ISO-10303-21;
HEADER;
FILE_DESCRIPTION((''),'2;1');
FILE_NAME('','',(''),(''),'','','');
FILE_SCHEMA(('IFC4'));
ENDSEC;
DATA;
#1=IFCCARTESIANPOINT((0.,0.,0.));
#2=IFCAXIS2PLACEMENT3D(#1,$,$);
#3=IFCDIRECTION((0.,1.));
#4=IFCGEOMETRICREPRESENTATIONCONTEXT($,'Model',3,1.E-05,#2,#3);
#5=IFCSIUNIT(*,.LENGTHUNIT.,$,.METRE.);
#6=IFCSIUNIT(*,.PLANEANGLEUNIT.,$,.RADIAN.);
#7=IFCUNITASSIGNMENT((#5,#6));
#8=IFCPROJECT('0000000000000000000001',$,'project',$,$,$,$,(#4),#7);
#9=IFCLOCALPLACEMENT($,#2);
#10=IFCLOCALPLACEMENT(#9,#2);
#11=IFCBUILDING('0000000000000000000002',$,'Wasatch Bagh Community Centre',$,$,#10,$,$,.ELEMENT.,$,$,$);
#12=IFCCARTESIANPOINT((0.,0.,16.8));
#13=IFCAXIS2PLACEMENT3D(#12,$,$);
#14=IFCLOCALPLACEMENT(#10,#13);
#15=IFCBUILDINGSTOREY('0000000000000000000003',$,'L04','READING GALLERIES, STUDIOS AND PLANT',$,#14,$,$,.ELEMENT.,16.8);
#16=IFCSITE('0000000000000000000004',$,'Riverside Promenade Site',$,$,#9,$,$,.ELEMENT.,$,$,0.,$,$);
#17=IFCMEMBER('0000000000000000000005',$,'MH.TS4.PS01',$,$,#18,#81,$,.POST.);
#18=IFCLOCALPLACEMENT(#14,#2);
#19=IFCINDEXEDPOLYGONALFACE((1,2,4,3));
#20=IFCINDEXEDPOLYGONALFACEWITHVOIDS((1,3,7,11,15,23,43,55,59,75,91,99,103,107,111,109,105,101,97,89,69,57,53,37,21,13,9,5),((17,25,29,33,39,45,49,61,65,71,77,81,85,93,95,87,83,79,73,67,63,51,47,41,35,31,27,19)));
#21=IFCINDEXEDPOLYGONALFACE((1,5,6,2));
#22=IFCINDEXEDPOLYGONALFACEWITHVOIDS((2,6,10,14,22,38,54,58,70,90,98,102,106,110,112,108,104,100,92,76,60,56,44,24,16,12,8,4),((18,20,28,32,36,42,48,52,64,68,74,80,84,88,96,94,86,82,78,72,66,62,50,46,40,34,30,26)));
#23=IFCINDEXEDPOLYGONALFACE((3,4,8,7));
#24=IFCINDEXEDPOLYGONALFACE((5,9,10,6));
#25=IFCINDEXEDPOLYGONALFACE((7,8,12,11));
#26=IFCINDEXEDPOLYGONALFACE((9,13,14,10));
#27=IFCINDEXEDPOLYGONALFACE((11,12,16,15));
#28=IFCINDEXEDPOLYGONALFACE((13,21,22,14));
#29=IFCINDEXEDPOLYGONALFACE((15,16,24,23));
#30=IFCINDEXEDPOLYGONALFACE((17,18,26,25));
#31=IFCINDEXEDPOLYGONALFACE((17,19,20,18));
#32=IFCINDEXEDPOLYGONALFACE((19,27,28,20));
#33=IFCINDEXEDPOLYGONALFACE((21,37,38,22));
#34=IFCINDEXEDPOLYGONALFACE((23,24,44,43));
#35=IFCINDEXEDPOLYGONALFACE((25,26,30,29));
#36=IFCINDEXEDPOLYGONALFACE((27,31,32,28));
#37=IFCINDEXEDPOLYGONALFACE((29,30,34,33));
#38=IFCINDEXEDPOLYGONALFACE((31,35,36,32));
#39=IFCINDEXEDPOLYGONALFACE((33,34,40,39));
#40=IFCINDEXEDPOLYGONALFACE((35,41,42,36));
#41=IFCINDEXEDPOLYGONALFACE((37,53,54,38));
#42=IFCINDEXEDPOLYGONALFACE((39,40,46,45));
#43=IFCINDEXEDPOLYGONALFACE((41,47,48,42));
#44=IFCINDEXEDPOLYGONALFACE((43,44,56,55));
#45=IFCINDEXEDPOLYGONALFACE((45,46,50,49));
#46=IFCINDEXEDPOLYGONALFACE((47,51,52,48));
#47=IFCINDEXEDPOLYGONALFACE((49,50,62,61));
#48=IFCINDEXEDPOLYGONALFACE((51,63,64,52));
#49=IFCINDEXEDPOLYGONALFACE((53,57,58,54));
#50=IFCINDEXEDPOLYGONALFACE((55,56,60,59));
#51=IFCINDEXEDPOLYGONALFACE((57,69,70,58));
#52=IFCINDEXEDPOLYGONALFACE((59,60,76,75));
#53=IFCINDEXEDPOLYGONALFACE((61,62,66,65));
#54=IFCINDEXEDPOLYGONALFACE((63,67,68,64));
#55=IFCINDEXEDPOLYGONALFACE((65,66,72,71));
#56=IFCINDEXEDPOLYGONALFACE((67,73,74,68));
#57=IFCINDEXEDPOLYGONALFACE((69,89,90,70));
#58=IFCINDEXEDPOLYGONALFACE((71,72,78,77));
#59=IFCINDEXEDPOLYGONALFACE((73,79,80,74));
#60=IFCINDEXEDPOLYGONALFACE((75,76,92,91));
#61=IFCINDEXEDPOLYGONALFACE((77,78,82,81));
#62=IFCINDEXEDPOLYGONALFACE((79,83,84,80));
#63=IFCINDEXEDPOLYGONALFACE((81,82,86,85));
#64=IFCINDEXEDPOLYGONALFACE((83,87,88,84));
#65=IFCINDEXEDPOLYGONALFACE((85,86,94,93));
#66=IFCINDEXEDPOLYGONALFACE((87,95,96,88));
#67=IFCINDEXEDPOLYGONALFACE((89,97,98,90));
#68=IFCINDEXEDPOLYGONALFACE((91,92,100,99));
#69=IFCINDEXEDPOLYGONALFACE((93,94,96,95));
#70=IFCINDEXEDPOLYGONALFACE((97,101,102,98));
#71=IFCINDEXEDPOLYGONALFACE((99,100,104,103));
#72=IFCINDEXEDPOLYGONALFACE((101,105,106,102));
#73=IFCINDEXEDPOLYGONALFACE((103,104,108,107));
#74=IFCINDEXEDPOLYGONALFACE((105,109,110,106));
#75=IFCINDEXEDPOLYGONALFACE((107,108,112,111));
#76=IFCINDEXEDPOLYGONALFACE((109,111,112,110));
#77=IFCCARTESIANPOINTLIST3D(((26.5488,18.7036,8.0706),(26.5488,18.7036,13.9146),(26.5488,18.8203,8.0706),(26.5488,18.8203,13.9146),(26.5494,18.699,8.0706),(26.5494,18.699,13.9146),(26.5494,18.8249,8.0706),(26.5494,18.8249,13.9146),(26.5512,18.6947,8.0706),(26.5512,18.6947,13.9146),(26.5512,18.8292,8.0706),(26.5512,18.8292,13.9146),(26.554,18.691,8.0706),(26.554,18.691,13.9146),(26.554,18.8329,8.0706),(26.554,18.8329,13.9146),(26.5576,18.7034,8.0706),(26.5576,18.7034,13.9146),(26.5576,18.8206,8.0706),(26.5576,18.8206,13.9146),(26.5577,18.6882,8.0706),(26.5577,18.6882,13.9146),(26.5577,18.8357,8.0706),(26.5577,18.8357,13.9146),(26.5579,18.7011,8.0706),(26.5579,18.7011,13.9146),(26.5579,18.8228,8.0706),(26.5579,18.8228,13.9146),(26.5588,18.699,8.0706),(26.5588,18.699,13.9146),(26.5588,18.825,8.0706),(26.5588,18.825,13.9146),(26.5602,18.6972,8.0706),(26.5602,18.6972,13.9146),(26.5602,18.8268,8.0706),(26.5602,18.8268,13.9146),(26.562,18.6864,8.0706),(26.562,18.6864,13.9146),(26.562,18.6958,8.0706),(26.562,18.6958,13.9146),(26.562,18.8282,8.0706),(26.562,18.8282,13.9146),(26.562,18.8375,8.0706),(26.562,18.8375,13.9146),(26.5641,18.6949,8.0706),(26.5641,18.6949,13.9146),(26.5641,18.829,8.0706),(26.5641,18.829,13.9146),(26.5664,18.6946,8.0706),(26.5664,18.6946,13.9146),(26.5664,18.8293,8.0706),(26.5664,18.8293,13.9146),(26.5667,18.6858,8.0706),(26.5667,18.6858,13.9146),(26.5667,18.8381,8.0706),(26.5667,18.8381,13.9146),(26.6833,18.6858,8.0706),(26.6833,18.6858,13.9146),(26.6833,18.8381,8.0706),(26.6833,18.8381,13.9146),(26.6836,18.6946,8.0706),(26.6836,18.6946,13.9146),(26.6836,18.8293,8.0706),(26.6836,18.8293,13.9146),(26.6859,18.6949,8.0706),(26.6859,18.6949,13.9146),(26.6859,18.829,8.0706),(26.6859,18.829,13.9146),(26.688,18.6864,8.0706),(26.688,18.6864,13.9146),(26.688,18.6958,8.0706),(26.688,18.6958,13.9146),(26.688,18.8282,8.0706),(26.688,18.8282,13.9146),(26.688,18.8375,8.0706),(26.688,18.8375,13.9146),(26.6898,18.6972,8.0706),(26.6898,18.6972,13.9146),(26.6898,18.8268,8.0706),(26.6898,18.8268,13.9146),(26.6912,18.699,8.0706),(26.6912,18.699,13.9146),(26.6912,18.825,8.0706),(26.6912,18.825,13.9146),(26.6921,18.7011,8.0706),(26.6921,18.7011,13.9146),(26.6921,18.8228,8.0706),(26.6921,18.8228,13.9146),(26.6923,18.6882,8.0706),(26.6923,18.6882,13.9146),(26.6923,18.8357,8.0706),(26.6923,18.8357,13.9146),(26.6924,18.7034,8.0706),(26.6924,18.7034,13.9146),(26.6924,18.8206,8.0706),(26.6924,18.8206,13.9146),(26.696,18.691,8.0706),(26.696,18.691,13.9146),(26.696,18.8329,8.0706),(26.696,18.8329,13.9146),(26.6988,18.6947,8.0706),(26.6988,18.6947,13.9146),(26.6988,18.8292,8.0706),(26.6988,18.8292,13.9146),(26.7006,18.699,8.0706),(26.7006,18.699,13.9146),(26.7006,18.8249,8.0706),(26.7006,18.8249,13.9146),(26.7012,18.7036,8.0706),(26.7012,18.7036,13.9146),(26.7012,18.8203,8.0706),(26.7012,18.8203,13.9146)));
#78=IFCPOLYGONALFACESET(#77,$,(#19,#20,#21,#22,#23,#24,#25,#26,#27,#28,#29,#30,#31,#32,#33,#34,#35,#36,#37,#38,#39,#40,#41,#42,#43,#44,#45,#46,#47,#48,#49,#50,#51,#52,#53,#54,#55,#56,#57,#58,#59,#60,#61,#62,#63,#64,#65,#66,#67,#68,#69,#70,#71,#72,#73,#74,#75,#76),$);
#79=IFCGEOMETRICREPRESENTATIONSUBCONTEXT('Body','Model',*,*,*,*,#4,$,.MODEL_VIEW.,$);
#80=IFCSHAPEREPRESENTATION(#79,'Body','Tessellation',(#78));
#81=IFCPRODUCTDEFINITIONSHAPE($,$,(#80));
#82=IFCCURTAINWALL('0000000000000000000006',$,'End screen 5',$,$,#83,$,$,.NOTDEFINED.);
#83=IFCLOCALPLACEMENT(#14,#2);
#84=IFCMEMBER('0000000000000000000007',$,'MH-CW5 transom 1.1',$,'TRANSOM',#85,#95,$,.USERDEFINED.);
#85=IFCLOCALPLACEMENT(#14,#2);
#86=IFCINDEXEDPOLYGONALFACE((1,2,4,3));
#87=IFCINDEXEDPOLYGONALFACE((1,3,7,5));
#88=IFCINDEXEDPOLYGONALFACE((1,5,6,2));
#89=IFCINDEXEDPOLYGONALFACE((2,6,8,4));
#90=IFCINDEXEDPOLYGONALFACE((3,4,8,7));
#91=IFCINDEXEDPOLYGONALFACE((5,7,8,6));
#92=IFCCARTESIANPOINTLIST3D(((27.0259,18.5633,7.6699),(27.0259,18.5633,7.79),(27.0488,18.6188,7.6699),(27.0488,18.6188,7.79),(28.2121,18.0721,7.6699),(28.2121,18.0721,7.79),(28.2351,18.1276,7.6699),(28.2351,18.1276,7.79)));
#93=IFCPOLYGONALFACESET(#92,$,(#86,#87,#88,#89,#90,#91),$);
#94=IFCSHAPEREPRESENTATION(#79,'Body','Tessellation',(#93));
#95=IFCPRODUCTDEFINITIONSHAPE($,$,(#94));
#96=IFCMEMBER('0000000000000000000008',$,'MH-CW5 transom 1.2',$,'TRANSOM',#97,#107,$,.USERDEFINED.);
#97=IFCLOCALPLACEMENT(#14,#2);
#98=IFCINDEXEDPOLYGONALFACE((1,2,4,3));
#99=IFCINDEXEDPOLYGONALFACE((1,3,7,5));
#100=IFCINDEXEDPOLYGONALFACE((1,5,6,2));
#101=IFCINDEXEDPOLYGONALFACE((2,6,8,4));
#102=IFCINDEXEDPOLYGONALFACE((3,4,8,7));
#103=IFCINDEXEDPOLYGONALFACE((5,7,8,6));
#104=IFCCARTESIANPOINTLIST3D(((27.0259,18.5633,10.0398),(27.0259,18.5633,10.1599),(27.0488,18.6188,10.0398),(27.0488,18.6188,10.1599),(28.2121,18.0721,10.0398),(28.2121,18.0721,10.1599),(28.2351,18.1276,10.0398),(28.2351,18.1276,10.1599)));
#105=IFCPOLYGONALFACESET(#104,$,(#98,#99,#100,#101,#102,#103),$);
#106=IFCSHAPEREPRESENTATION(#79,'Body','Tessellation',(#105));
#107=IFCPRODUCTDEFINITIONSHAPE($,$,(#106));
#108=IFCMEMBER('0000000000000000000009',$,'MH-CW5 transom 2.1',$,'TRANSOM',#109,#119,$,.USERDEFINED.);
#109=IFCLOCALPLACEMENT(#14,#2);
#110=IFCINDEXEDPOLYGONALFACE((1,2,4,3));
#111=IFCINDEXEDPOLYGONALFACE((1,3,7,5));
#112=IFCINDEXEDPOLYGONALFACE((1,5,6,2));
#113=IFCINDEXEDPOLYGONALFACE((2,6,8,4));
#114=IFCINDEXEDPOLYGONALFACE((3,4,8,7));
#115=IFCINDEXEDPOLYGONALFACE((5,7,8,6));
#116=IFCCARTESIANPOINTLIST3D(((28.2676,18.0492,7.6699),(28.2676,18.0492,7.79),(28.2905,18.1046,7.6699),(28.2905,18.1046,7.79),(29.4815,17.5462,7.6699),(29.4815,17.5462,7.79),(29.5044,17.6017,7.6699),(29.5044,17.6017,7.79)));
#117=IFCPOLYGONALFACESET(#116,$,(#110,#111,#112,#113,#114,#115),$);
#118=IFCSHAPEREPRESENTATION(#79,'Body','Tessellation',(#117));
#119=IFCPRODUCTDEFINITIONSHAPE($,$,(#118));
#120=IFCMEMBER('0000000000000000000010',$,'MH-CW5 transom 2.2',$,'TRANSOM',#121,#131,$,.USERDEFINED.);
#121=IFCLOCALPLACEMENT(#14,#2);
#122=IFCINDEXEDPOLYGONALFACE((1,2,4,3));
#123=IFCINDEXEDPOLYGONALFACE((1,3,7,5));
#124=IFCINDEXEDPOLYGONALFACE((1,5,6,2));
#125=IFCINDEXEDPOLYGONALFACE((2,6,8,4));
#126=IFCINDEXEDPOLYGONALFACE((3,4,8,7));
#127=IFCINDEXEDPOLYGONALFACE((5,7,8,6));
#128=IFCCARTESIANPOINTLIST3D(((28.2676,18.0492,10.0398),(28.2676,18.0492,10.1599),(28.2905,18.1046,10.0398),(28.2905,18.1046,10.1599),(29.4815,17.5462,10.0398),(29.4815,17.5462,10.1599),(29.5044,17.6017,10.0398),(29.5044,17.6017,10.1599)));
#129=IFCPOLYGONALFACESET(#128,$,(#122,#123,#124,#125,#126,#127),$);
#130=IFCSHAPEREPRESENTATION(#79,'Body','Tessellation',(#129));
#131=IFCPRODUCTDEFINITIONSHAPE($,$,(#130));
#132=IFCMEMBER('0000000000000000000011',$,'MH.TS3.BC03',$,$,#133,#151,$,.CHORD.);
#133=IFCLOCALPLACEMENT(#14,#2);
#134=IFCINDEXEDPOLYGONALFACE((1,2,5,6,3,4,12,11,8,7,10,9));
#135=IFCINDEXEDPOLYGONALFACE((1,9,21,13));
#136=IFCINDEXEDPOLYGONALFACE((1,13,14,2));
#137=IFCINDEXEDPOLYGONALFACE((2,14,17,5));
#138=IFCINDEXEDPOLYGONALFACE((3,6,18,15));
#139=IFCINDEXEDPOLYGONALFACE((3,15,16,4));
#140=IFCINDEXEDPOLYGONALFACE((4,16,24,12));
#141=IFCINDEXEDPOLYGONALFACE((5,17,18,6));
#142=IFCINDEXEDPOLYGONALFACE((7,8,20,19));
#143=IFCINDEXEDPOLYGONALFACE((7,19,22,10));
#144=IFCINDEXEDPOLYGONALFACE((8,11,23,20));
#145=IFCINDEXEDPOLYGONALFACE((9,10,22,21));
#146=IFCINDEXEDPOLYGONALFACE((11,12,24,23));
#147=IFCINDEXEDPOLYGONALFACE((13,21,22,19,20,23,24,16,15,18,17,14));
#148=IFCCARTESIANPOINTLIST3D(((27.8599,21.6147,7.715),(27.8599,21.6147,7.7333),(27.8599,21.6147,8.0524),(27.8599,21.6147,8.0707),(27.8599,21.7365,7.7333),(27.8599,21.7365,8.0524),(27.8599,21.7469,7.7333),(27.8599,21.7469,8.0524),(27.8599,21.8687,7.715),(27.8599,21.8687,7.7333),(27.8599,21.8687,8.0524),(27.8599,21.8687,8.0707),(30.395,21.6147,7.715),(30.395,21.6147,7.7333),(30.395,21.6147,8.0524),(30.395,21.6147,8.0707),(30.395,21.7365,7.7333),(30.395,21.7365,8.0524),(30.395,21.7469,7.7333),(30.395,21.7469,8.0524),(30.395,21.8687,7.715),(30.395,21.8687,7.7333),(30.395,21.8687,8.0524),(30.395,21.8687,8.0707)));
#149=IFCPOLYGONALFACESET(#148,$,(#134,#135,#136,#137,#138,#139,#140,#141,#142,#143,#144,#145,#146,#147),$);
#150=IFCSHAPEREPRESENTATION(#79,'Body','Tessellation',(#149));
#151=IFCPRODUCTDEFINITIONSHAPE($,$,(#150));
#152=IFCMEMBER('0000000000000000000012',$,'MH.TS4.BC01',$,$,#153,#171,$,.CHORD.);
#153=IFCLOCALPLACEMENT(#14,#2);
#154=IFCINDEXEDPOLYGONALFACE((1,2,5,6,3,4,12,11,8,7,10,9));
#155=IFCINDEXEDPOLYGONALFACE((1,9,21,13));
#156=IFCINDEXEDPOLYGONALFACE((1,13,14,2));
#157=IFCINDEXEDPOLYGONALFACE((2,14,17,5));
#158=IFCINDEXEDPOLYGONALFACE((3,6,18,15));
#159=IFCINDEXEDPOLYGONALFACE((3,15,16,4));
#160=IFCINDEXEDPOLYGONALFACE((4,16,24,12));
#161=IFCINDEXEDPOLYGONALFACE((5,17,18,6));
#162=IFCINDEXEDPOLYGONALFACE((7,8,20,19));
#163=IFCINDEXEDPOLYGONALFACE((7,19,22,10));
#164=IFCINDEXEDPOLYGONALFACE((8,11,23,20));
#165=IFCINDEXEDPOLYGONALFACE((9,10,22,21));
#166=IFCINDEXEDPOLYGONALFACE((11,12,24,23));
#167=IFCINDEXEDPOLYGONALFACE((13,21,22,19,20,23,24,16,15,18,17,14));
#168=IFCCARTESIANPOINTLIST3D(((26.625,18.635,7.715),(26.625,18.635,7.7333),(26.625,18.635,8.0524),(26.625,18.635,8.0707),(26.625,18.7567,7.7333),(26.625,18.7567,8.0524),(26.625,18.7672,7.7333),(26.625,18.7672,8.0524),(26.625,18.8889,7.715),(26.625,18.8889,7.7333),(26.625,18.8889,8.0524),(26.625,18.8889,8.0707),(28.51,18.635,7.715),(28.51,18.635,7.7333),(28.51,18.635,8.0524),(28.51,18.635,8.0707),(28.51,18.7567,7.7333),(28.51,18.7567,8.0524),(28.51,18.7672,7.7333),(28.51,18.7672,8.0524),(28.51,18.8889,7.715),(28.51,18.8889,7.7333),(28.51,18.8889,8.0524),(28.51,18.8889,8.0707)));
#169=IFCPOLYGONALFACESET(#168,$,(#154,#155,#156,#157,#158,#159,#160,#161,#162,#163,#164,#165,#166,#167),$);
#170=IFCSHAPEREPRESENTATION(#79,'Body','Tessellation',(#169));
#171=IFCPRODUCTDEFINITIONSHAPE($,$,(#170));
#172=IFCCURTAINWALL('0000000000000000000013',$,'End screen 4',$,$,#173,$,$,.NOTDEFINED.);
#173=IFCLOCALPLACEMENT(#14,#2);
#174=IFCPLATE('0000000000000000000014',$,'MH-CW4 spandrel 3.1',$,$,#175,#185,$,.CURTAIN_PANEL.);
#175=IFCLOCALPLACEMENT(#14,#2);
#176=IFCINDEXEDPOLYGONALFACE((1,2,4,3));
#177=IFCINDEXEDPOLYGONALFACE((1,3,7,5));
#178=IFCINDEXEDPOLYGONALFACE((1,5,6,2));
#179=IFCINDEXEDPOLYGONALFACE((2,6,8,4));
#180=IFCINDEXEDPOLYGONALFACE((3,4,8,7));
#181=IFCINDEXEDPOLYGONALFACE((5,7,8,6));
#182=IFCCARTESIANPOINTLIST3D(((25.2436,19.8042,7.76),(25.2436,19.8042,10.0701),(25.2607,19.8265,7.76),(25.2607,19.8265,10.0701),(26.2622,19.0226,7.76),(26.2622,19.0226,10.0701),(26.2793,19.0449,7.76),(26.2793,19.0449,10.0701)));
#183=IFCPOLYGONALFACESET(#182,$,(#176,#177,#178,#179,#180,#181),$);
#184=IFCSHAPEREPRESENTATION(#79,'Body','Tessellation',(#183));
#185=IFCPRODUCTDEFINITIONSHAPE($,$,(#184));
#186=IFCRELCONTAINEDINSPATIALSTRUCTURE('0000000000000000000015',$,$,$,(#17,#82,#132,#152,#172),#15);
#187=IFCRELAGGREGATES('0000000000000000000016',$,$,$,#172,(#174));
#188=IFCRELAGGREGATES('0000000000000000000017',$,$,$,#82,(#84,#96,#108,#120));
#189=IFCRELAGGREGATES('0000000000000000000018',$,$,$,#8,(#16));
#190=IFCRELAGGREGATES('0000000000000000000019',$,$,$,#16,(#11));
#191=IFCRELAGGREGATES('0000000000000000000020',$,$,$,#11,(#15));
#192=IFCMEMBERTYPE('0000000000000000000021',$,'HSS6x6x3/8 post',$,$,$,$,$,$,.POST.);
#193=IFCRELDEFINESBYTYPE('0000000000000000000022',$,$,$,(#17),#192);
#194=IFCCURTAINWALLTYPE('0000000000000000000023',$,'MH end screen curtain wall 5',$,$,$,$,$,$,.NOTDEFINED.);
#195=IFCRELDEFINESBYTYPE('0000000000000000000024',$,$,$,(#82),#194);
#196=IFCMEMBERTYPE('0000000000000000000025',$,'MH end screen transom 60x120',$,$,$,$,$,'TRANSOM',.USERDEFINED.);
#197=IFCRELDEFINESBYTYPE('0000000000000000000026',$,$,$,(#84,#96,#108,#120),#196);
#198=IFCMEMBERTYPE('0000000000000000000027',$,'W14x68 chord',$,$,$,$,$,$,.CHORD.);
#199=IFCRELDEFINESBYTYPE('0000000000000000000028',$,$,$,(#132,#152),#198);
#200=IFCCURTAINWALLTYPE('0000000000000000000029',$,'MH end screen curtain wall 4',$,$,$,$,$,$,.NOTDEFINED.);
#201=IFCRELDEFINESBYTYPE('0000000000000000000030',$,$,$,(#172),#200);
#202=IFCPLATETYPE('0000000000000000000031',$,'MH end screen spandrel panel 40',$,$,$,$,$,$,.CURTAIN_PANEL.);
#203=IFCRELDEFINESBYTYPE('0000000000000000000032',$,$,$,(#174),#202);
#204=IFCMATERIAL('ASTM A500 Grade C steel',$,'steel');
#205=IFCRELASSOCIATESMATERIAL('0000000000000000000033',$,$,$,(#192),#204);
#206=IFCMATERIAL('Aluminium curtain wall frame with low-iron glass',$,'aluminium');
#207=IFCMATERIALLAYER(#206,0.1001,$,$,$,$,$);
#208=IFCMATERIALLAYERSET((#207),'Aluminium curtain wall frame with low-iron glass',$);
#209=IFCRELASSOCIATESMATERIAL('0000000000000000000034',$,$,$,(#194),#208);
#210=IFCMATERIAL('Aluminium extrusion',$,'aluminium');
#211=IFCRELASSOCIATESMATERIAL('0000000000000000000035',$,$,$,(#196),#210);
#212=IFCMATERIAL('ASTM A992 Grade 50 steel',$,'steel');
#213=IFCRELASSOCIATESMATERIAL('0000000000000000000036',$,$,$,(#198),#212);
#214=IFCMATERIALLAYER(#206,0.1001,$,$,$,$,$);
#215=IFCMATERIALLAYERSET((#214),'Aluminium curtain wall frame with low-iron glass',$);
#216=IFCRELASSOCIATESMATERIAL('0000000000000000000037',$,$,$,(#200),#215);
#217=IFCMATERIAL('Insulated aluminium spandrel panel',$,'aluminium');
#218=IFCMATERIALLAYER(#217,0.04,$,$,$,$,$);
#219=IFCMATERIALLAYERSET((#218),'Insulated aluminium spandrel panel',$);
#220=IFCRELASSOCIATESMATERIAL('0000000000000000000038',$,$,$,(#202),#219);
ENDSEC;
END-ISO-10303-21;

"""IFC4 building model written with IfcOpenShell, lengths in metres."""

from ifc_helpers import new_model, si_unit, direction, frame, origin, origin_2d, place, context, subcontext, project, spatial, rectangle, hollow_rectangle, i_section, extrude, material, layer, layer_set, material_profile, profile_set, type_object, element, aggregate, save


model = new_model("IFC4")

# Units and contexts
model_context = context("Model", 3, precision=1e-05, world=origin(), true_north=direction((0.0, 1.0)))
body_context = subcontext(model_context, "Body", "Model", "MODEL_VIEW")
ifc_project = project(units=[si_unit("LENGTHUNIT", "METRE"), si_unit("PLANEANGLEUNIT", "RADIAN")], contexts=[model_context])

# Site, building, storey
site_placement = place(None, origin())
site = spatial("IfcSite", under=ifc_project, at=site_placement, Name="Riverside Promenade Site", CompositionType="ELEMENT", RefElevation=0.0)
building_placement = place(site_placement, origin())
building = spatial("IfcBuilding", under=site, at=building_placement, Name="Wasatch Bagh Community Centre", CompositionType="ELEMENT")
storey_placement = place(building_placement, frame((0.0, 0.0, 16.8)))
storey = spatial("IfcBuildingStorey", under=building, at=storey_placement, Name="L04", Description="READING GALLERIES, STUDIOS AND PLANT", CompositionType="ELEMENT", Elevation=16.8)

# Member
ifc_material_1 = material(Name="ASTM A500 Grade C steel", Category="steel")
ifc_material_profile_1 = material_profile(ifc_material_1, hollow_rectangle(XDim=0.1523, YDim=0.1523, WallThickness=0.0088, InnerFilletRadius=0.0088, OuterFilletRadius=0.0178, at=origin_2d()), Name="HSS6x6x3/8")
ifc_profile_set_1 = profile_set([ifc_material_profile_1], Name="ASTM A500 Grade C steel")
member_type_1 = type_object("IfcMemberType", Name="HSS6x6x3/8 post", PredefinedType="POST", material=ifc_profile_set_1)
member_1_placement = place(storey_placement, frame((26.625, 18.762, 8.0706), z_axis=(0.0, 0.0, 1.0), x_axis=(1.0, 0.0, 0.0)))
element("IfcMember", 1, at=member_1_placement, inside=storey, type_object=member_type_1, Name="MH.TS4.PS01", PredefinedType="POST", context=body_context, shape_type="SweptSolid", body=[
    extrude(hollow_rectangle(XDim=0.1523, YDim=0.1523, WallThickness=0.0088, InnerFilletRadius=0.0088, OuterFilletRadius=0.0178, at=origin_2d()), origin(), (0.0, 0.0, 1.0), 5.844),
])

# Curtain wall, members
ifc_material_2 = material(Name="Aluminium curtain wall frame with low-iron glass", Category="aluminium")
ifc_layer_1 = layer(ifc_material_2, 0.1001)
ifc_layer_set_1 = layer_set([ifc_layer_1], Name="Aluminium curtain wall frame with low-iron glass")
curtain_wall_type_1 = type_object("IfcCurtainWallType", Name="MH end screen curtain wall 5", PredefinedType="NOTDEFINED", material=ifc_layer_set_1)
curtain_wall_1_placement = place(storey_placement, origin())
curtain_wall_1 = element("IfcCurtainWall", 2, at=curtain_wall_1_placement, inside=storey, type_object=curtain_wall_type_1, Name="End screen 5", PredefinedType="NOTDEFINED")
ifc_material_3 = material(Name="Aluminium extrusion", Category="aluminium")
ifc_material_profile_2 = material_profile(ifc_material_3, rectangle(XDim=0.0601, YDim=0.1201, at=origin_2d()), Name="AL 60x120")
ifc_profile_set_2 = profile_set([ifc_material_profile_2], Name="Aluminium extrusion")
member_type_2 = type_object("IfcMemberType", Name="MH end screen transom 60x120", ElementType="TRANSOM", PredefinedType="USERDEFINED", material=ifc_profile_set_2)
member_2_placement = place(storey_placement, frame((27.0374, 18.5911, 7.73), z_axis=(0.923924, -0.382576, 0.0), x_axis=(0.382576, 0.923924, 0.0)))
member_2 = element("IfcMember", 3, at=member_2_placement, type_object=member_type_2, Name="MH-CW5 transom 1.1", ObjectType="TRANSOM", PredefinedType="USERDEFINED", context=body_context, shape_type="SweptSolid", body=[
    extrude(rectangle(XDim=0.0601, YDim=0.1201, at=origin_2d()), origin(), (0.0, 0.0, 1.0), 1.2839),
])
member_3_placement = place(storey_placement, frame((27.0374, 18.5911, 10.0999), z_axis=(0.923924, -0.382576, 0.0), x_axis=(0.382576, 0.923924, 0.0)))
member_3 = element("IfcMember", 4, at=member_3_placement, type_object=member_type_2, Name="MH-CW5 transom 1.2", ObjectType="TRANSOM", PredefinedType="USERDEFINED", context=body_context, shape_type="SweptSolid", body=[
    extrude(rectangle(XDim=0.0601, YDim=0.1201, at=origin_2d()), origin(), (0.0, 0.0, 1.0), 1.2839),
])
member_4_placement = place(storey_placement, frame((28.2791, 18.0769, 7.73), z_axis=(0.923845, -0.382768, 0.0), x_axis=(0.382768, 0.923845, 0.0)))
member_4 = element("IfcMember", 5, at=member_4_placement, type_object=member_type_2, Name="MH-CW5 transom 2.1", ObjectType="TRANSOM", PredefinedType="USERDEFINED", context=body_context, shape_type="SweptSolid", body=[
    extrude(rectangle(XDim=0.0601, YDim=0.1201, at=origin_2d()), origin(), (0.0, 0.0, 1.0), 1.314),
])
member_5_placement = place(storey_placement, frame((28.2791, 18.0769, 10.0999), z_axis=(0.923845, -0.382768, 0.0), x_axis=(0.382768, 0.923845, 0.0)))
member_5 = element("IfcMember", 6, at=member_5_placement, type_object=member_type_2, Name="MH-CW5 transom 2.2", ObjectType="TRANSOM", PredefinedType="USERDEFINED", context=body_context, shape_type="SweptSolid", body=[
    extrude(rectangle(XDim=0.0601, YDim=0.1201, at=origin_2d()), origin(), (0.0, 0.0, 1.0), 1.314),
])

# Members
ifc_material_4 = material(Name="ASTM A992 Grade 50 steel", Category="steel")
ifc_material_profile_3 = material_profile(ifc_material_4, i_section(OverallWidth=0.2539, OverallDepth=0.3557, WebThickness=0.0105, FlangeThickness=0.0183, at=origin_2d()), Name="W14x68")
ifc_profile_set_3 = profile_set([ifc_material_profile_3], Name="ASTM A992 Grade 50 steel")
member_type_3 = type_object("IfcMemberType", Name="W14x68 chord", PredefinedType="CHORD", material=ifc_profile_set_3)
member_6_placement = place(storey_placement, frame((27.8599, 21.7417, 7.8928), z_axis=(1.0, 0.0, 0.0), x_axis=(0.0, 1.0, 0.0)))
element("IfcMember", 7, at=member_6_placement, inside=storey, type_object=member_type_3, Name="MH.TS3.BC03", PredefinedType="CHORD", context=body_context, shape_type="SweptSolid", body=[
    extrude(i_section(OverallWidth=0.2539, OverallDepth=0.3557, WebThickness=0.0105, FlangeThickness=0.0183, at=origin_2d()), origin(), (0.0, 0.0, 1.0), 2.5352),
])
member_7_placement = place(storey_placement, frame((26.625, 18.762, 7.8928), z_axis=(1.0, 0.0, 0.0), x_axis=(0.0, 1.0, 0.0)))
element("IfcMember", 8, at=member_7_placement, inside=storey, type_object=member_type_3, Name="MH.TS4.BC01", PredefinedType="CHORD", context=body_context, shape_type="SweptSolid", body=[
    extrude(i_section(OverallWidth=0.2539, OverallDepth=0.3557, WebThickness=0.0105, FlangeThickness=0.0183, at=origin_2d()), origin(), (0.0, 0.0, 1.0), 1.885),
])

# Curtain wall, plate
ifc_layer_2 = layer(ifc_material_2, 0.1001)
ifc_layer_set_2 = layer_set([ifc_layer_2], Name="Aluminium curtain wall frame with low-iron glass")
curtain_wall_type_2 = type_object("IfcCurtainWallType", Name="MH end screen curtain wall 4", PredefinedType="NOTDEFINED", material=ifc_layer_set_2)
curtain_wall_2_placement = place(storey_placement, origin())
curtain_wall_2 = element("IfcCurtainWall", 9, at=curtain_wall_2_placement, inside=storey, type_object=curtain_wall_type_2, Name="End screen 4", PredefinedType="NOTDEFINED")
ifc_material_5 = material(Name="Insulated aluminium spandrel panel", Category="aluminium")
ifc_layer_3 = layer(ifc_material_5, 0.04)
ifc_layer_set_3 = layer_set([ifc_layer_3], Name="Insulated aluminium spandrel panel")
plate_type = type_object("IfcPlateType", Name="MH end screen spandrel panel 40", PredefinedType="CURTAIN_PANEL", material=ifc_layer_set_3)
plate_1_placement = place(storey_placement, frame((25.7615, 19.4246, 7.76), z_axis=(0.0, 0.0, 1.0), x_axis=(0.793353, -0.608761, 0.0)))
plate_1 = element("IfcPlate", 10, at=plate_1_placement, type_object=plate_type, Name="MH-CW4 spandrel 3.1", PredefinedType="CURTAIN_PANEL", context=body_context, shape_type="SweptSolid", body=[
    extrude(rectangle(XDim=1.2839, YDim=0.0281, at=origin_2d()), origin(), (0.0, 0.0, 1.0), 2.3101),
])
aggregate(curtain_wall_2, [plate_1])

aggregate(curtain_wall_1, [member_2, member_3, member_4, member_5])

save(model, "model.ifc")
